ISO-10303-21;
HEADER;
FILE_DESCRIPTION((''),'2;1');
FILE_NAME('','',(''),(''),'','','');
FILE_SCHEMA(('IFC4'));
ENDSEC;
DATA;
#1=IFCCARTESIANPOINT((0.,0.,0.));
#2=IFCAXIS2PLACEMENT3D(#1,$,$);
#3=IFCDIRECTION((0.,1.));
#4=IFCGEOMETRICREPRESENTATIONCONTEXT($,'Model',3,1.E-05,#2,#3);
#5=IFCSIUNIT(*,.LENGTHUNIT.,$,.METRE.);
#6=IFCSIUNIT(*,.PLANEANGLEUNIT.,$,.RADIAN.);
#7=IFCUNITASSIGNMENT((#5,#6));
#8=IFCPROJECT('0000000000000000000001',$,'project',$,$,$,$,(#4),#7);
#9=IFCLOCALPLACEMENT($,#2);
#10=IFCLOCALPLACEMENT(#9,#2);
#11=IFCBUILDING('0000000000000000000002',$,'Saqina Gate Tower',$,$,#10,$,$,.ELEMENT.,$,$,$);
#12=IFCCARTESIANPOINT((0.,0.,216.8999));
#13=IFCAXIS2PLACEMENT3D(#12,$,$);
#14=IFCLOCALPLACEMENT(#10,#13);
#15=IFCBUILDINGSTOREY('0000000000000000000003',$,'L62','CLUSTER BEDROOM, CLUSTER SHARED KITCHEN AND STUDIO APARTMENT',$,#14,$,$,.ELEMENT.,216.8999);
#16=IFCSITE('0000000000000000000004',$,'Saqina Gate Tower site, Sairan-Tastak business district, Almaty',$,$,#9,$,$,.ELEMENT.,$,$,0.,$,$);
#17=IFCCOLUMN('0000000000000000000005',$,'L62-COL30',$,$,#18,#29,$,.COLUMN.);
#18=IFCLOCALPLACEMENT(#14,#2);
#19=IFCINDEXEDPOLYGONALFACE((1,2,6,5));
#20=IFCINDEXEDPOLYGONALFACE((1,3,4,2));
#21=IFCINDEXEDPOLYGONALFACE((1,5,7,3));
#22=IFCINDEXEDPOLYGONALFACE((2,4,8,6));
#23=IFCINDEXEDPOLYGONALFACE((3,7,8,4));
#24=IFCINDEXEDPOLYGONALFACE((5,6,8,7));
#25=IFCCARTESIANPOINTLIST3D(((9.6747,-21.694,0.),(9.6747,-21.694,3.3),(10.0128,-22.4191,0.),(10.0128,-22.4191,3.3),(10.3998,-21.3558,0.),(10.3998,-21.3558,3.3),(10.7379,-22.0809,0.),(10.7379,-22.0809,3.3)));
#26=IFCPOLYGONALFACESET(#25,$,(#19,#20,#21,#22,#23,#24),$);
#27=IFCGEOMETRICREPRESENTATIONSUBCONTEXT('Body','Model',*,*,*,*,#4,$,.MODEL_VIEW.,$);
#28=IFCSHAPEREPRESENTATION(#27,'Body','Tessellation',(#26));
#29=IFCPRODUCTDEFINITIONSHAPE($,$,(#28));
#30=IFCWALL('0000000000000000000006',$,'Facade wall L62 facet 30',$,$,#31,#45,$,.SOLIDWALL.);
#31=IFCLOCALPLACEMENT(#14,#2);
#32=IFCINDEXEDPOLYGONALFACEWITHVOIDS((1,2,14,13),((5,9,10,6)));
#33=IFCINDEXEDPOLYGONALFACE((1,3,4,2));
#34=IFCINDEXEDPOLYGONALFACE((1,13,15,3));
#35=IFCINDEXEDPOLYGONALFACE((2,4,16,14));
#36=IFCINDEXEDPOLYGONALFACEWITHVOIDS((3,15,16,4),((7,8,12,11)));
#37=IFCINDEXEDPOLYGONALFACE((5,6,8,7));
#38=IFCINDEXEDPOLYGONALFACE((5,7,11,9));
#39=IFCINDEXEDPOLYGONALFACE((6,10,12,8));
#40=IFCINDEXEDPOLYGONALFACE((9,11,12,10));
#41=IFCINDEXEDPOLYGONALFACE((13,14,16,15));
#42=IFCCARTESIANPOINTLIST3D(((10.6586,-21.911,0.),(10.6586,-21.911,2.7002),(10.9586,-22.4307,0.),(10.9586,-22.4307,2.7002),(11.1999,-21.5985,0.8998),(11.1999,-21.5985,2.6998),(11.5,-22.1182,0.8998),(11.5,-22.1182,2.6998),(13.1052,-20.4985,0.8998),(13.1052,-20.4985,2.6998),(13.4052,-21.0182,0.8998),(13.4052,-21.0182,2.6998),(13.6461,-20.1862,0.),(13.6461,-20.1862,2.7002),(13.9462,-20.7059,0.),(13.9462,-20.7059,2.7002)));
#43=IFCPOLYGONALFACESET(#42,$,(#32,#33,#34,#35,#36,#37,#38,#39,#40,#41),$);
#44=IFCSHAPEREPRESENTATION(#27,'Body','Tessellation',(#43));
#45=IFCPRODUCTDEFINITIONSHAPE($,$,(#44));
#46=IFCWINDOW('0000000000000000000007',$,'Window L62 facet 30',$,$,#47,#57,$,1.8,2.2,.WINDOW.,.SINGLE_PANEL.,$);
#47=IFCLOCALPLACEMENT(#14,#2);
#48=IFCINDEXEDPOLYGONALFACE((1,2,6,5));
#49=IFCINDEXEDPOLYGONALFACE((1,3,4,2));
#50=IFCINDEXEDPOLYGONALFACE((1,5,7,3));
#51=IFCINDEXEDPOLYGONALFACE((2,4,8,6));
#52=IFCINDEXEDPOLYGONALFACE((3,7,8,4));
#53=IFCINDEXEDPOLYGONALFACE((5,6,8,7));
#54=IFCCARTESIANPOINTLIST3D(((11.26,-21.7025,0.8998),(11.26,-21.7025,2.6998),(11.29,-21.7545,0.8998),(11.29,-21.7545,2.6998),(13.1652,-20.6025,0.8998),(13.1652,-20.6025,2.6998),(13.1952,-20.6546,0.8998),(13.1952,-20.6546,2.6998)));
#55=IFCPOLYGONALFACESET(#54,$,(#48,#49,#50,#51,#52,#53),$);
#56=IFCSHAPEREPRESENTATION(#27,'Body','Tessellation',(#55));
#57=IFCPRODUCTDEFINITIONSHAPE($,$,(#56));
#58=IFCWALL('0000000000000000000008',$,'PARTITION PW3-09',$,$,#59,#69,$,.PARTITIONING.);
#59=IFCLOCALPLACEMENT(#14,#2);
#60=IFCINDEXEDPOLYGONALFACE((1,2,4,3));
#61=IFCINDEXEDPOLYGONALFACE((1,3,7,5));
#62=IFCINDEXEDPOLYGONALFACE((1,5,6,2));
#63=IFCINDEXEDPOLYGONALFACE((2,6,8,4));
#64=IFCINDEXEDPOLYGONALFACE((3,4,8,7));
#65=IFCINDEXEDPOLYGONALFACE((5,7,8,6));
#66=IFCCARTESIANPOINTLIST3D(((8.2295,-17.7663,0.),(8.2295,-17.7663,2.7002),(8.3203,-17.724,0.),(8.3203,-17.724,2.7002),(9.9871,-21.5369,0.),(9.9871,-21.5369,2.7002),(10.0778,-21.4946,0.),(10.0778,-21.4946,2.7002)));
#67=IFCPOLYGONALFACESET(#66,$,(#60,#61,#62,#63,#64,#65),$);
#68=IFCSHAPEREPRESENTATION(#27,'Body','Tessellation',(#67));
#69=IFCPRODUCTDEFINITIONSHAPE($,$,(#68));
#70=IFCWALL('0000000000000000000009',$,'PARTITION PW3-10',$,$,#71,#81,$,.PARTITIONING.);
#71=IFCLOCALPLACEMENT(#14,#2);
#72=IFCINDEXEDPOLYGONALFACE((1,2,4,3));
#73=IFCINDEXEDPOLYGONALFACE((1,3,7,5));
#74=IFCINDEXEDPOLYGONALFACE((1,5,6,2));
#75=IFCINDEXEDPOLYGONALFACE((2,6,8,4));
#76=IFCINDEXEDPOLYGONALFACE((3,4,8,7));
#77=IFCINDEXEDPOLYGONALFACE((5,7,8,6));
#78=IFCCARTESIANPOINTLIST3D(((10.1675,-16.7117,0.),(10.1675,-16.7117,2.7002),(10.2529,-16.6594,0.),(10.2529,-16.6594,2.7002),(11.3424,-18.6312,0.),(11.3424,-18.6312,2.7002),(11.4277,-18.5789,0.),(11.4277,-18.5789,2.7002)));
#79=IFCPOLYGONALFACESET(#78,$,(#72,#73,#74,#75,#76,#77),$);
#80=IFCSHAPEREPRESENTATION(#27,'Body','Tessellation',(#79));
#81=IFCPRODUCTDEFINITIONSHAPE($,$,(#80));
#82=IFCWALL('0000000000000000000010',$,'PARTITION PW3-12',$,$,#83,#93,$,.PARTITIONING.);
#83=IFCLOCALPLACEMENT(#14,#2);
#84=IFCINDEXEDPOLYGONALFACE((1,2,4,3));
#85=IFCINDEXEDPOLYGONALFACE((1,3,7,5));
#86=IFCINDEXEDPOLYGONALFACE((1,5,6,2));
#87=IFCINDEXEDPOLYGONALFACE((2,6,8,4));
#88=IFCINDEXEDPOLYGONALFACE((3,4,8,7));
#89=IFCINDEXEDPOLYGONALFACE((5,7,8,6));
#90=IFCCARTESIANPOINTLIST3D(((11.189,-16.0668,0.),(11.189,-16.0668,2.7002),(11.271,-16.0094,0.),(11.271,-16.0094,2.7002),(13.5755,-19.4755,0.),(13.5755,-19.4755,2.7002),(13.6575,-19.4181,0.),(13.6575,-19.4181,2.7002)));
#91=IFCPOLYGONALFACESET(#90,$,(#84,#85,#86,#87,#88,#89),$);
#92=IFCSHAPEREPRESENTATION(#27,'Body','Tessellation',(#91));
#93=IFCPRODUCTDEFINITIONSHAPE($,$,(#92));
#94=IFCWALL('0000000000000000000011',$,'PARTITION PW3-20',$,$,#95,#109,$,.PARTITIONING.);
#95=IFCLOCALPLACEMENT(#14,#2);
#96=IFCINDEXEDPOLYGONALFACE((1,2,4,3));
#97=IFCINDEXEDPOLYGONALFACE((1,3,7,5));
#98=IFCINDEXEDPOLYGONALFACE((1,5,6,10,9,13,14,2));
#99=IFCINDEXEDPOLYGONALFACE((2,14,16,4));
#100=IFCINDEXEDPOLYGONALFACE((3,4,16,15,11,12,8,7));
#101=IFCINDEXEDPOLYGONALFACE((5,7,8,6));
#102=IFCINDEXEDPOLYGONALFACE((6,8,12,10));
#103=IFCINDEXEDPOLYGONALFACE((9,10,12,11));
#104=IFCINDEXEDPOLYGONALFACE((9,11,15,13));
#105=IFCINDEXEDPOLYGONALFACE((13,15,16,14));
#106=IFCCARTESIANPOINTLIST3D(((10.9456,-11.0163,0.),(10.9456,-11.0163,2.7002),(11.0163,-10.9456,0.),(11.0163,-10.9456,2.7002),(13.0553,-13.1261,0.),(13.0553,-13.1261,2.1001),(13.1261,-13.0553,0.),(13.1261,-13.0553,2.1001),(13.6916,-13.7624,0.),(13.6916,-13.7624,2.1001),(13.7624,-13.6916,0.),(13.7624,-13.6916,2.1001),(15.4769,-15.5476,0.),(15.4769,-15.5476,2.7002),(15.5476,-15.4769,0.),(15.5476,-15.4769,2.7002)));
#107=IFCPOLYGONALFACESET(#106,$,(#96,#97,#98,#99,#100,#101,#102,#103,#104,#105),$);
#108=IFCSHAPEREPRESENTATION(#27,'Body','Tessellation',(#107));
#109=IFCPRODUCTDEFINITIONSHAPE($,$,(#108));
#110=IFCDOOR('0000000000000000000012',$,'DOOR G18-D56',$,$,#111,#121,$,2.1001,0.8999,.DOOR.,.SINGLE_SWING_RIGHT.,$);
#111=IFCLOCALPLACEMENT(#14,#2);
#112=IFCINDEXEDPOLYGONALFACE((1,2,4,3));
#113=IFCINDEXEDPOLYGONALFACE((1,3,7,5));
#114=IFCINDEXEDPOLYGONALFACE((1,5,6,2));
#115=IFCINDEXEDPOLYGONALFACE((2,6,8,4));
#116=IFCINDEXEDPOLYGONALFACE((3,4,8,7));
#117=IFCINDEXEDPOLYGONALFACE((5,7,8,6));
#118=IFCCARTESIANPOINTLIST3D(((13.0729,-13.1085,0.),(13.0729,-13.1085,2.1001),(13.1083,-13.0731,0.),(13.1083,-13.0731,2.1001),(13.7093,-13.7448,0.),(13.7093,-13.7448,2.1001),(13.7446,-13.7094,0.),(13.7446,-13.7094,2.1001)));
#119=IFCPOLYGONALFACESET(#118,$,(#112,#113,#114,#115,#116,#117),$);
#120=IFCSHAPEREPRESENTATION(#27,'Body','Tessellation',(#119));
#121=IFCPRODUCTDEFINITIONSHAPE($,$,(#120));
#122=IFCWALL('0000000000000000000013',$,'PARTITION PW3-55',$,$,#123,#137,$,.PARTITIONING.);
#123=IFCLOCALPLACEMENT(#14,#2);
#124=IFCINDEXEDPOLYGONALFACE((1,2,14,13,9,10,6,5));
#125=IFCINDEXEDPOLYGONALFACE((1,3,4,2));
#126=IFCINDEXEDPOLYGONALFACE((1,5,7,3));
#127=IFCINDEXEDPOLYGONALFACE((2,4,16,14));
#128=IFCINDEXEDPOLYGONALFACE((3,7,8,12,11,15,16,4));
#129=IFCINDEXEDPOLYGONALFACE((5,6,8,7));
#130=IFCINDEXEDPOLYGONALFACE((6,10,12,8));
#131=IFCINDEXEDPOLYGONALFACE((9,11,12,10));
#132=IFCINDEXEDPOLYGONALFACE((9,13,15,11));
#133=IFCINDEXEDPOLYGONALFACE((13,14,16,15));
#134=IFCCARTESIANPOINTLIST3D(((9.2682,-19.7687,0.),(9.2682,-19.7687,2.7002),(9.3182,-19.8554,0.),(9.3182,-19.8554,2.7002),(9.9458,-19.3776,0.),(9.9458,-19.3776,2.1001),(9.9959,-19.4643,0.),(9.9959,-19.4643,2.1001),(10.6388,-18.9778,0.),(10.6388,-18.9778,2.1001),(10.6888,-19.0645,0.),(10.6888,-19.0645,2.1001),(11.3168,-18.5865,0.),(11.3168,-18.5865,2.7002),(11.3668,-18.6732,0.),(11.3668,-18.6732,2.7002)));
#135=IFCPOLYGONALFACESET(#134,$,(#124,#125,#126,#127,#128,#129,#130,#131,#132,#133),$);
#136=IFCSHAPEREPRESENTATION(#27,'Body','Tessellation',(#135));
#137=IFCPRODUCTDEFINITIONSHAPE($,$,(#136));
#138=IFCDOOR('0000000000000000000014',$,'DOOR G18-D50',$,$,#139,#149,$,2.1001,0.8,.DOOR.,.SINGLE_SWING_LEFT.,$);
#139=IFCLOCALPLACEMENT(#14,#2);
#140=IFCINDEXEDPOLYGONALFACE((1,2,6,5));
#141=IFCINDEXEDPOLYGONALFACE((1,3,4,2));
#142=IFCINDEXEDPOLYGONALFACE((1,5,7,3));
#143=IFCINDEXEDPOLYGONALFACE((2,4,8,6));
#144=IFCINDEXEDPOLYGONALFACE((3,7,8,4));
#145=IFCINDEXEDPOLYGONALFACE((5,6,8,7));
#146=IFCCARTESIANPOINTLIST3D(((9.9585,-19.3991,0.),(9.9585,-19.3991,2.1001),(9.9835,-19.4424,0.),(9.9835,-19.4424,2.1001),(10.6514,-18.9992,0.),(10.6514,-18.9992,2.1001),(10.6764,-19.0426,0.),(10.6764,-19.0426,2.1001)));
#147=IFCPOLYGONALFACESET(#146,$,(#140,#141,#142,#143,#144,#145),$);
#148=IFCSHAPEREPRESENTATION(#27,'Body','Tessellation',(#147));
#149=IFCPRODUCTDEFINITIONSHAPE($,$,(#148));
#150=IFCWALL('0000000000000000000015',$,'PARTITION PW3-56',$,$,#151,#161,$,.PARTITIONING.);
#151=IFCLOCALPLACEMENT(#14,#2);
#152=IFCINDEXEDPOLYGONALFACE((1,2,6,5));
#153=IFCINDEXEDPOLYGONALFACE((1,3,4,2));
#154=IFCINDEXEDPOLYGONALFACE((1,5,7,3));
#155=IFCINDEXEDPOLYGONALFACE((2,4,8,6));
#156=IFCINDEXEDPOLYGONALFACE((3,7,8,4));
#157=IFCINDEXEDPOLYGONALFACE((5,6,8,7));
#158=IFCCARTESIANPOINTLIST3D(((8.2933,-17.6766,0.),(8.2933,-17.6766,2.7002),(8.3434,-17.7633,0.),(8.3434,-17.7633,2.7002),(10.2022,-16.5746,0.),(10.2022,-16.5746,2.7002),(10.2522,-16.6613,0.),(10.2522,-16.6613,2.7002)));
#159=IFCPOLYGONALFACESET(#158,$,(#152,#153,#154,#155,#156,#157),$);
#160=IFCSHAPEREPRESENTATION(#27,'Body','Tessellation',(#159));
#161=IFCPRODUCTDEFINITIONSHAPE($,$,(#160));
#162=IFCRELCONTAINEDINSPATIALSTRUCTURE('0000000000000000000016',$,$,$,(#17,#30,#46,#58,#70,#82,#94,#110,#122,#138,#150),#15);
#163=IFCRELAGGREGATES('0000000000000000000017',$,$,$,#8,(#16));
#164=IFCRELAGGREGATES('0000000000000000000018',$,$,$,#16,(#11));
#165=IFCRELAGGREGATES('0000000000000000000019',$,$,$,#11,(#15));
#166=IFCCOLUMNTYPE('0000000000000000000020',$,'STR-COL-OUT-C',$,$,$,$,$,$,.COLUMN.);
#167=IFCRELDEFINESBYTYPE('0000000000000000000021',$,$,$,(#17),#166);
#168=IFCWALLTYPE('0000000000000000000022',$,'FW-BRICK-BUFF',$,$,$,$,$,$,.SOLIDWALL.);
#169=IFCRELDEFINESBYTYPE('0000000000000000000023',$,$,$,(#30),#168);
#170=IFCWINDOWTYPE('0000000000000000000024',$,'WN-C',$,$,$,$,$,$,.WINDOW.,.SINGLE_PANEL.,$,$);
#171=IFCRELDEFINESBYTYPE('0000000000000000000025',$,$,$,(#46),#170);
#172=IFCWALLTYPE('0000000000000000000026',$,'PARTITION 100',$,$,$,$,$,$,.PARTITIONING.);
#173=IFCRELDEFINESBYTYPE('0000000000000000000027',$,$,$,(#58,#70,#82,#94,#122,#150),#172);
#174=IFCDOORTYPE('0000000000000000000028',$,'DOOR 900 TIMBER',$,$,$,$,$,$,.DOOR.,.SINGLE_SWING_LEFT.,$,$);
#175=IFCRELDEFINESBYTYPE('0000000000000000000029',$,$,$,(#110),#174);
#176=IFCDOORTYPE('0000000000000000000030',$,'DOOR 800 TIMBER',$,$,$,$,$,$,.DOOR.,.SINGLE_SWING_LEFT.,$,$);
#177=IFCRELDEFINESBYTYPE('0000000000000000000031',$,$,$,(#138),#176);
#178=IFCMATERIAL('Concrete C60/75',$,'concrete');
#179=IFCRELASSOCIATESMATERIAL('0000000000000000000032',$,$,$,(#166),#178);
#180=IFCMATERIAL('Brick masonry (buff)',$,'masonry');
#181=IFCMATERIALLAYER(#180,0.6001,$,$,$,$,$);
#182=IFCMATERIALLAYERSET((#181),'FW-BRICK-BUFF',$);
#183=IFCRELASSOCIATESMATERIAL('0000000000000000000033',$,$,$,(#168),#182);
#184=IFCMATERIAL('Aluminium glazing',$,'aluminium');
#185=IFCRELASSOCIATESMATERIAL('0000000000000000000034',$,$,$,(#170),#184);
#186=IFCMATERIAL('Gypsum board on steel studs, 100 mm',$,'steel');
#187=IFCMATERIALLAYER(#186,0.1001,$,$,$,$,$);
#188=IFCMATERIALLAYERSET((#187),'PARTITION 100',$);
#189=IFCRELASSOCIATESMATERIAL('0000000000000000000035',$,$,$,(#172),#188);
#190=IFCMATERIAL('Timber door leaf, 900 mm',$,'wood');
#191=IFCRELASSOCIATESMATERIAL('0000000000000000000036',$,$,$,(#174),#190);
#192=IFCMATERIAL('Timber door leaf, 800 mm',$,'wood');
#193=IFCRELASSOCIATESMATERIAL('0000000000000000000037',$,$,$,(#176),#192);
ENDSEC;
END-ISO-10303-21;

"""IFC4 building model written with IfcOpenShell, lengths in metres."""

from ifc_helpers import new_model, si_unit, direction, frame, frame_2d, origin, origin_2d, place, context, subcontext, project, spatial, rectangle, extrude, material, layer, layer_set, material_profile, profile_set, type_object, element, fill, save


model = new_model("IFC4")

# Units and contexts
model_context = context("Model", 3, precision=1e-05, world=origin(), true_north=direction((0.0, 1.0)))
body_context = subcontext(model_context, "Body", "Model", "MODEL_VIEW")
ifc_project = project(units=[si_unit("LENGTHUNIT", "METRE"), si_unit("PLANEANGLEUNIT", "RADIAN")], contexts=[model_context])

# Site, building, storey
site_placement = place(None, origin())
site = spatial("IfcSite", under=ifc_project, at=site_placement, Name="Saqina Gate Tower site, Sairan-Tastak business district, Almaty", CompositionType="ELEMENT", RefElevation=0.0)
building_placement = place(site_placement, origin())
building = spatial("IfcBuilding", under=site, at=building_placement, Name="Saqina Gate Tower", CompositionType="ELEMENT")
storey_placement = place(building_placement, frame((0.0, 0.0, 216.8999)))
storey = spatial("IfcBuildingStorey", under=building, at=storey_placement, Name="L62", Description="CLUSTER BEDROOM, CLUSTER SHARED KITCHEN AND STUDIO APARTMENT", CompositionType="ELEMENT", Elevation=216.8999)

# Column
ifc_material_1 = material(Name="Concrete C60/75", Category="concrete")
ifc_material_profile = material_profile(ifc_material_1, rectangle(XDim=0.8, YDim=0.8, at=origin_2d()), Name="RC 800x800")
ifc_profile_set = profile_set([ifc_material_profile], Name="Concrete C60/75")
column_type = type_object("IfcColumnType", Name="STR-COL-OUT-C", PredefinedType="COLUMN", material=ifc_profile_set)
column_placement = place(storey_placement, frame((10.2063, -21.8875, 0.0), z_axis=(0.0, 0.0, 1.0), x_axis=(0.422618, -0.906308, 0.0)))
element("IfcColumn", 1, at=column_placement, inside=storey, type_object=column_type, Name="L62-COL30", PredefinedType="COLUMN", context=body_context, shape_type="SweptSolid", body=[
    extrude(rectangle(XDim=0.8, YDim=0.8, at=origin_2d()), origin(), (0.0, 0.0, 1.0), 3.3),
])

# Wall, opening, window
ifc_material_2 = material(Name="Brick masonry (buff)", Category="masonry")
ifc_layer_1 = layer(ifc_material_2, 0.6001)
ifc_layer_set_1 = layer_set([ifc_layer_1], Name="FW-BRICK-BUFF")
wall_type_1 = type_object("IfcWallType", Name="FW-BRICK-BUFF", PredefinedType="SOLIDWALL", material=ifc_layer_set_1)
wall_1_placement = place(storey_placement, frame((10.8086, -22.1709, 0.0), z_axis=(0.0, 0.0, 1.0), x_axis=(0.866026, 0.499998, 0.0)))
wall_1 = element("IfcWall", 2, at=wall_1_placement, inside=storey, type_object=wall_type_1, Name="Facade wall L62 facet 30", PredefinedType="SOLIDWALL", context=body_context, shape_type="SweptSolid", body=[
    extrude(rectangle(XDim=3.4497, YDim=0.6001, at=frame_2d((1.7249, 0.0))), origin(), (0.0, 0.0, 1.0), 2.7002),
])
opening_1_placement = place(wall_1_placement, frame((0.625, 0.0, 0.8999)))
opening_1 = element("IfcOpeningElement", 3, at=opening_1_placement, cuts=wall_1, PredefinedType="OPENING", context=body_context, shape_type="SweptSolid", body=[
    extrude(rectangle(XDim=2.2, YDim=1.8, at=frame_2d((1.1001, 0.8999))), frame((0.0, 0.312, 0.0), z_axis=(0.0, -1.0, 0.0), x_axis=(1.0, 0.0, 0.0)), (0.0, 0.0, 1.0), 0.624),
])
ifc_material_3 = material(Name="Aluminium glazing", Category="aluminium")
window_type = type_object("IfcWindowType", Name="WN-C", PartitioningType="SINGLE_PANEL", PredefinedType="WINDOW", material=ifc_material_3)
window_placement = place(opening_1_placement, origin())
window = element("IfcWindow", 4, at=window_placement, inside=storey, type_object=window_type, Name="Window L62 facet 30", OverallHeight=1.8, OverallWidth=2.2, PartitioningType="SINGLE_PANEL", PredefinedType="WINDOW", context=body_context, shape_type="SweptSolid", body=[
    extrude(rectangle(XDim=2.2, YDim=1.8, at=frame_2d((1.1001, 0.8999))), frame((0.0, 0.1799, 0.0), z_axis=(0.0, -1.0, 0.0), x_axis=(1.0, 0.0, 0.0)), (0.0, 0.0, 1.0), 0.0601),
])
fill(opening_1, window)

# Walls
ifc_material_4 = material(Name="Gypsum board on steel studs, 100 mm", Category="steel")
ifc_layer_2 = layer(ifc_material_4, 0.1001)
ifc_layer_set_2 = layer_set([ifc_layer_2], Name="PARTITION 100")
wall_type_2 = type_object("IfcWallType", Name="PARTITION 100", PredefinedType="PARTITIONING", material=ifc_layer_set_2)
wall_2_placement = place(storey_placement, frame((8.2749, -17.7451, 0.0), z_axis=(0.0, 0.0, 1.0), x_axis=(0.422468, -0.906378, 0.0)))
element("IfcWall", 5, at=wall_2_placement, inside=storey, type_object=wall_type_2, Name="PARTITION PW3-09", PredefinedType="PARTITIONING", context=body_context, shape_type="SweptSolid", body=[
    extrude(rectangle(XDim=4.1602, YDim=0.1001, at=frame_2d((2.0801, 0.0))), origin(), (0.0, 0.0, 1.0), 2.7002),
])
wall_3_placement = place(storey_placement, frame((10.2102, -16.6855, 0.0), z_axis=(0.0, 0.0, 1.0), x_axis=(0.522038, -0.852922, 0.0)))
element("IfcWall", 6, at=wall_3_placement, inside=storey, type_object=wall_type_2, Name="PARTITION PW3-10", PredefinedType="PARTITIONING", context=body_context, shape_type="SweptSolid", body=[
    extrude(rectangle(XDim=2.2505, YDim=0.1001, at=frame_2d((1.1252, 0.0))), origin(), (0.0, 0.0, 1.0), 2.7002),
])
wall_4_placement = place(storey_placement, frame((11.23, -16.0381, 0.0), z_axis=(0.0, 0.0, 1.0), x_axis=(0.573525, -0.819188, 0.0)))
element("IfcWall", 7, at=wall_4_placement, inside=storey, type_object=wall_type_2, Name="PARTITION PW3-12", PredefinedType="PARTITIONING", context=body_context, shape_type="SweptSolid", body=[
    extrude(rectangle(XDim=4.1611, YDim=0.1001, at=frame_2d((2.0806, 0.0))), origin(), (0.0, 0.0, 1.0), 2.7002),
])

# Walls, openings, doors
wall_5_placement = place(storey_placement, frame((10.981, -10.981, 0.0), z_axis=(0.0, 0.0, 1.0), x_axis=(0.707107, -0.707107, 0.0)))
wall_5 = element("IfcWall", 8, at=wall_5_placement, inside=storey, type_object=wall_type_2, Name="PARTITION PW3-20", PredefinedType="PARTITIONING", context=body_context, shape_type="SweptSolid", body=[
    extrude(rectangle(XDim=6.4082, YDim=0.1001, at=frame_2d((3.2041, 0.0))), origin(), (0.0, 0.0, 1.0), 2.7002),
])
opening_2_placement = place(wall_5_placement, frame((2.9836, 0.0, 0.0)))
opening_2 = element("IfcOpeningElement", 9, at=opening_2_placement, cuts=wall_5, PredefinedType="OPENING", context=body_context, shape_type="SweptSolid", body=[
    extrude(rectangle(XDim=0.8999, YDim=2.1001, at=frame_2d((0.45, 1.05))), frame((0.0, 0.062, 0.0), z_axis=(0.0, -1.0, 0.0), x_axis=(1.0, 0.0, 0.0)), (0.0, 0.0, 1.0), 0.124),
])
ifc_material_5 = material(Name="Timber door leaf, 900 mm", Category="wood")
door_type_1 = type_object("IfcDoorType", Name="DOOR 900 TIMBER", OperationType="SINGLE_SWING_LEFT", PredefinedType="DOOR", material=ifc_material_5)
door_1_placement = place(opening_2_placement, origin())
door_1 = element("IfcDoor", 10, at=door_1_placement, inside=storey, type_object=door_type_1, Name="DOOR G18-D56", OperationType="SINGLE_SWING_RIGHT", OverallHeight=2.1001, OverallWidth=0.8999, PredefinedType="DOOR", context=body_context, shape_type="SweptSolid", body=[
    extrude(rectangle(XDim=0.8999, YDim=2.1001, at=frame_2d((0.45, 1.05))), frame((0.0, 0.0249, 0.0), z_axis=(0.0, -1.0, 0.0), x_axis=(1.0, 0.0, 0.0)), (0.0, 0.0, 1.0), 0.05),
])
fill(opening_2, door_1)
wall_6_placement = place(storey_placement, frame((9.2932, -19.812, 0.0), z_axis=(0.0, 0.0, 1.0), x_axis=(0.866139, 0.499803, 0.0)))
wall_6 = element("IfcWall", 11, at=wall_6_placement, inside=storey, type_object=wall_type_2, Name="PARTITION PW3-55", PredefinedType="PARTITIONING", context=body_context, shape_type="SweptSolid", body=[
    extrude(rectangle(XDim=2.3652, YDim=0.1001, at=frame_2d((1.1826, 0.0))), origin(), (0.0, 0.0, 1.0), 2.7002),
])
opening_3_placement = place(wall_6_placement, frame((0.7825, 0.0, 0.0)))
opening_3 = element("IfcOpeningElement", 12, at=opening_3_placement, cuts=wall_6, PredefinedType="OPENING", context=body_context, shape_type="SweptSolid", body=[
    extrude(rectangle(XDim=0.8, YDim=2.1001, at=frame_2d((0.3999, 1.05))), frame((0.0, 0.062, 0.0), z_axis=(0.0, -1.0, 0.0), x_axis=(1.0, 0.0, 0.0)), (0.0, 0.0, 1.0), 0.124),
])
ifc_material_6 = material(Name="Timber door leaf, 800 mm", Category="wood")
door_type_2 = type_object("IfcDoorType", Name="DOOR 800 TIMBER", OperationType="SINGLE_SWING_LEFT", PredefinedType="DOOR", material=ifc_material_6)
door_2_placement = place(opening_3_placement, frame((0.8, 0.0, 0.0), z_axis=(0.0, 0.0, 1.0), x_axis=(-1.0, 0.0, 0.0)))
door_2 = element("IfcDoor", 13, at=door_2_placement, inside=storey, type_object=door_type_2, Name="DOOR G18-D50", OperationType="SINGLE_SWING_LEFT", OverallHeight=2.1001, OverallWidth=0.8, PredefinedType="DOOR", context=body_context, shape_type="SweptSolid", body=[
    extrude(rectangle(XDim=0.8, YDim=2.1001, at=frame_2d((0.3999, 1.05))), frame((0.0, 0.0249, 0.0), z_axis=(0.0, -1.0, 0.0), x_axis=(1.0, 0.0, 0.0)), (0.0, 0.0, 1.0), 0.05),
])
fill(opening_3, door_2)

# Wall
wall_7_placement = place(storey_placement, frame((8.3184, -17.72, 0.0), z_axis=(0.0, 0.0, 1.0), x_axis=(0.86604, 0.499975, 0.0)))
element("IfcWall", 14, at=wall_7_placement, inside=storey, type_object=wall_type_2, Name="PARTITION PW3-56", PredefinedType="PARTITIONING", context=body_context, shape_type="SweptSolid", body=[
    extrude(rectangle(XDim=2.2041, YDim=0.1001, at=frame_2d((1.1021, 0.0))), origin(), (0.0, 0.0, 1.0), 2.7002),
])

save(model, "model.ifc")
